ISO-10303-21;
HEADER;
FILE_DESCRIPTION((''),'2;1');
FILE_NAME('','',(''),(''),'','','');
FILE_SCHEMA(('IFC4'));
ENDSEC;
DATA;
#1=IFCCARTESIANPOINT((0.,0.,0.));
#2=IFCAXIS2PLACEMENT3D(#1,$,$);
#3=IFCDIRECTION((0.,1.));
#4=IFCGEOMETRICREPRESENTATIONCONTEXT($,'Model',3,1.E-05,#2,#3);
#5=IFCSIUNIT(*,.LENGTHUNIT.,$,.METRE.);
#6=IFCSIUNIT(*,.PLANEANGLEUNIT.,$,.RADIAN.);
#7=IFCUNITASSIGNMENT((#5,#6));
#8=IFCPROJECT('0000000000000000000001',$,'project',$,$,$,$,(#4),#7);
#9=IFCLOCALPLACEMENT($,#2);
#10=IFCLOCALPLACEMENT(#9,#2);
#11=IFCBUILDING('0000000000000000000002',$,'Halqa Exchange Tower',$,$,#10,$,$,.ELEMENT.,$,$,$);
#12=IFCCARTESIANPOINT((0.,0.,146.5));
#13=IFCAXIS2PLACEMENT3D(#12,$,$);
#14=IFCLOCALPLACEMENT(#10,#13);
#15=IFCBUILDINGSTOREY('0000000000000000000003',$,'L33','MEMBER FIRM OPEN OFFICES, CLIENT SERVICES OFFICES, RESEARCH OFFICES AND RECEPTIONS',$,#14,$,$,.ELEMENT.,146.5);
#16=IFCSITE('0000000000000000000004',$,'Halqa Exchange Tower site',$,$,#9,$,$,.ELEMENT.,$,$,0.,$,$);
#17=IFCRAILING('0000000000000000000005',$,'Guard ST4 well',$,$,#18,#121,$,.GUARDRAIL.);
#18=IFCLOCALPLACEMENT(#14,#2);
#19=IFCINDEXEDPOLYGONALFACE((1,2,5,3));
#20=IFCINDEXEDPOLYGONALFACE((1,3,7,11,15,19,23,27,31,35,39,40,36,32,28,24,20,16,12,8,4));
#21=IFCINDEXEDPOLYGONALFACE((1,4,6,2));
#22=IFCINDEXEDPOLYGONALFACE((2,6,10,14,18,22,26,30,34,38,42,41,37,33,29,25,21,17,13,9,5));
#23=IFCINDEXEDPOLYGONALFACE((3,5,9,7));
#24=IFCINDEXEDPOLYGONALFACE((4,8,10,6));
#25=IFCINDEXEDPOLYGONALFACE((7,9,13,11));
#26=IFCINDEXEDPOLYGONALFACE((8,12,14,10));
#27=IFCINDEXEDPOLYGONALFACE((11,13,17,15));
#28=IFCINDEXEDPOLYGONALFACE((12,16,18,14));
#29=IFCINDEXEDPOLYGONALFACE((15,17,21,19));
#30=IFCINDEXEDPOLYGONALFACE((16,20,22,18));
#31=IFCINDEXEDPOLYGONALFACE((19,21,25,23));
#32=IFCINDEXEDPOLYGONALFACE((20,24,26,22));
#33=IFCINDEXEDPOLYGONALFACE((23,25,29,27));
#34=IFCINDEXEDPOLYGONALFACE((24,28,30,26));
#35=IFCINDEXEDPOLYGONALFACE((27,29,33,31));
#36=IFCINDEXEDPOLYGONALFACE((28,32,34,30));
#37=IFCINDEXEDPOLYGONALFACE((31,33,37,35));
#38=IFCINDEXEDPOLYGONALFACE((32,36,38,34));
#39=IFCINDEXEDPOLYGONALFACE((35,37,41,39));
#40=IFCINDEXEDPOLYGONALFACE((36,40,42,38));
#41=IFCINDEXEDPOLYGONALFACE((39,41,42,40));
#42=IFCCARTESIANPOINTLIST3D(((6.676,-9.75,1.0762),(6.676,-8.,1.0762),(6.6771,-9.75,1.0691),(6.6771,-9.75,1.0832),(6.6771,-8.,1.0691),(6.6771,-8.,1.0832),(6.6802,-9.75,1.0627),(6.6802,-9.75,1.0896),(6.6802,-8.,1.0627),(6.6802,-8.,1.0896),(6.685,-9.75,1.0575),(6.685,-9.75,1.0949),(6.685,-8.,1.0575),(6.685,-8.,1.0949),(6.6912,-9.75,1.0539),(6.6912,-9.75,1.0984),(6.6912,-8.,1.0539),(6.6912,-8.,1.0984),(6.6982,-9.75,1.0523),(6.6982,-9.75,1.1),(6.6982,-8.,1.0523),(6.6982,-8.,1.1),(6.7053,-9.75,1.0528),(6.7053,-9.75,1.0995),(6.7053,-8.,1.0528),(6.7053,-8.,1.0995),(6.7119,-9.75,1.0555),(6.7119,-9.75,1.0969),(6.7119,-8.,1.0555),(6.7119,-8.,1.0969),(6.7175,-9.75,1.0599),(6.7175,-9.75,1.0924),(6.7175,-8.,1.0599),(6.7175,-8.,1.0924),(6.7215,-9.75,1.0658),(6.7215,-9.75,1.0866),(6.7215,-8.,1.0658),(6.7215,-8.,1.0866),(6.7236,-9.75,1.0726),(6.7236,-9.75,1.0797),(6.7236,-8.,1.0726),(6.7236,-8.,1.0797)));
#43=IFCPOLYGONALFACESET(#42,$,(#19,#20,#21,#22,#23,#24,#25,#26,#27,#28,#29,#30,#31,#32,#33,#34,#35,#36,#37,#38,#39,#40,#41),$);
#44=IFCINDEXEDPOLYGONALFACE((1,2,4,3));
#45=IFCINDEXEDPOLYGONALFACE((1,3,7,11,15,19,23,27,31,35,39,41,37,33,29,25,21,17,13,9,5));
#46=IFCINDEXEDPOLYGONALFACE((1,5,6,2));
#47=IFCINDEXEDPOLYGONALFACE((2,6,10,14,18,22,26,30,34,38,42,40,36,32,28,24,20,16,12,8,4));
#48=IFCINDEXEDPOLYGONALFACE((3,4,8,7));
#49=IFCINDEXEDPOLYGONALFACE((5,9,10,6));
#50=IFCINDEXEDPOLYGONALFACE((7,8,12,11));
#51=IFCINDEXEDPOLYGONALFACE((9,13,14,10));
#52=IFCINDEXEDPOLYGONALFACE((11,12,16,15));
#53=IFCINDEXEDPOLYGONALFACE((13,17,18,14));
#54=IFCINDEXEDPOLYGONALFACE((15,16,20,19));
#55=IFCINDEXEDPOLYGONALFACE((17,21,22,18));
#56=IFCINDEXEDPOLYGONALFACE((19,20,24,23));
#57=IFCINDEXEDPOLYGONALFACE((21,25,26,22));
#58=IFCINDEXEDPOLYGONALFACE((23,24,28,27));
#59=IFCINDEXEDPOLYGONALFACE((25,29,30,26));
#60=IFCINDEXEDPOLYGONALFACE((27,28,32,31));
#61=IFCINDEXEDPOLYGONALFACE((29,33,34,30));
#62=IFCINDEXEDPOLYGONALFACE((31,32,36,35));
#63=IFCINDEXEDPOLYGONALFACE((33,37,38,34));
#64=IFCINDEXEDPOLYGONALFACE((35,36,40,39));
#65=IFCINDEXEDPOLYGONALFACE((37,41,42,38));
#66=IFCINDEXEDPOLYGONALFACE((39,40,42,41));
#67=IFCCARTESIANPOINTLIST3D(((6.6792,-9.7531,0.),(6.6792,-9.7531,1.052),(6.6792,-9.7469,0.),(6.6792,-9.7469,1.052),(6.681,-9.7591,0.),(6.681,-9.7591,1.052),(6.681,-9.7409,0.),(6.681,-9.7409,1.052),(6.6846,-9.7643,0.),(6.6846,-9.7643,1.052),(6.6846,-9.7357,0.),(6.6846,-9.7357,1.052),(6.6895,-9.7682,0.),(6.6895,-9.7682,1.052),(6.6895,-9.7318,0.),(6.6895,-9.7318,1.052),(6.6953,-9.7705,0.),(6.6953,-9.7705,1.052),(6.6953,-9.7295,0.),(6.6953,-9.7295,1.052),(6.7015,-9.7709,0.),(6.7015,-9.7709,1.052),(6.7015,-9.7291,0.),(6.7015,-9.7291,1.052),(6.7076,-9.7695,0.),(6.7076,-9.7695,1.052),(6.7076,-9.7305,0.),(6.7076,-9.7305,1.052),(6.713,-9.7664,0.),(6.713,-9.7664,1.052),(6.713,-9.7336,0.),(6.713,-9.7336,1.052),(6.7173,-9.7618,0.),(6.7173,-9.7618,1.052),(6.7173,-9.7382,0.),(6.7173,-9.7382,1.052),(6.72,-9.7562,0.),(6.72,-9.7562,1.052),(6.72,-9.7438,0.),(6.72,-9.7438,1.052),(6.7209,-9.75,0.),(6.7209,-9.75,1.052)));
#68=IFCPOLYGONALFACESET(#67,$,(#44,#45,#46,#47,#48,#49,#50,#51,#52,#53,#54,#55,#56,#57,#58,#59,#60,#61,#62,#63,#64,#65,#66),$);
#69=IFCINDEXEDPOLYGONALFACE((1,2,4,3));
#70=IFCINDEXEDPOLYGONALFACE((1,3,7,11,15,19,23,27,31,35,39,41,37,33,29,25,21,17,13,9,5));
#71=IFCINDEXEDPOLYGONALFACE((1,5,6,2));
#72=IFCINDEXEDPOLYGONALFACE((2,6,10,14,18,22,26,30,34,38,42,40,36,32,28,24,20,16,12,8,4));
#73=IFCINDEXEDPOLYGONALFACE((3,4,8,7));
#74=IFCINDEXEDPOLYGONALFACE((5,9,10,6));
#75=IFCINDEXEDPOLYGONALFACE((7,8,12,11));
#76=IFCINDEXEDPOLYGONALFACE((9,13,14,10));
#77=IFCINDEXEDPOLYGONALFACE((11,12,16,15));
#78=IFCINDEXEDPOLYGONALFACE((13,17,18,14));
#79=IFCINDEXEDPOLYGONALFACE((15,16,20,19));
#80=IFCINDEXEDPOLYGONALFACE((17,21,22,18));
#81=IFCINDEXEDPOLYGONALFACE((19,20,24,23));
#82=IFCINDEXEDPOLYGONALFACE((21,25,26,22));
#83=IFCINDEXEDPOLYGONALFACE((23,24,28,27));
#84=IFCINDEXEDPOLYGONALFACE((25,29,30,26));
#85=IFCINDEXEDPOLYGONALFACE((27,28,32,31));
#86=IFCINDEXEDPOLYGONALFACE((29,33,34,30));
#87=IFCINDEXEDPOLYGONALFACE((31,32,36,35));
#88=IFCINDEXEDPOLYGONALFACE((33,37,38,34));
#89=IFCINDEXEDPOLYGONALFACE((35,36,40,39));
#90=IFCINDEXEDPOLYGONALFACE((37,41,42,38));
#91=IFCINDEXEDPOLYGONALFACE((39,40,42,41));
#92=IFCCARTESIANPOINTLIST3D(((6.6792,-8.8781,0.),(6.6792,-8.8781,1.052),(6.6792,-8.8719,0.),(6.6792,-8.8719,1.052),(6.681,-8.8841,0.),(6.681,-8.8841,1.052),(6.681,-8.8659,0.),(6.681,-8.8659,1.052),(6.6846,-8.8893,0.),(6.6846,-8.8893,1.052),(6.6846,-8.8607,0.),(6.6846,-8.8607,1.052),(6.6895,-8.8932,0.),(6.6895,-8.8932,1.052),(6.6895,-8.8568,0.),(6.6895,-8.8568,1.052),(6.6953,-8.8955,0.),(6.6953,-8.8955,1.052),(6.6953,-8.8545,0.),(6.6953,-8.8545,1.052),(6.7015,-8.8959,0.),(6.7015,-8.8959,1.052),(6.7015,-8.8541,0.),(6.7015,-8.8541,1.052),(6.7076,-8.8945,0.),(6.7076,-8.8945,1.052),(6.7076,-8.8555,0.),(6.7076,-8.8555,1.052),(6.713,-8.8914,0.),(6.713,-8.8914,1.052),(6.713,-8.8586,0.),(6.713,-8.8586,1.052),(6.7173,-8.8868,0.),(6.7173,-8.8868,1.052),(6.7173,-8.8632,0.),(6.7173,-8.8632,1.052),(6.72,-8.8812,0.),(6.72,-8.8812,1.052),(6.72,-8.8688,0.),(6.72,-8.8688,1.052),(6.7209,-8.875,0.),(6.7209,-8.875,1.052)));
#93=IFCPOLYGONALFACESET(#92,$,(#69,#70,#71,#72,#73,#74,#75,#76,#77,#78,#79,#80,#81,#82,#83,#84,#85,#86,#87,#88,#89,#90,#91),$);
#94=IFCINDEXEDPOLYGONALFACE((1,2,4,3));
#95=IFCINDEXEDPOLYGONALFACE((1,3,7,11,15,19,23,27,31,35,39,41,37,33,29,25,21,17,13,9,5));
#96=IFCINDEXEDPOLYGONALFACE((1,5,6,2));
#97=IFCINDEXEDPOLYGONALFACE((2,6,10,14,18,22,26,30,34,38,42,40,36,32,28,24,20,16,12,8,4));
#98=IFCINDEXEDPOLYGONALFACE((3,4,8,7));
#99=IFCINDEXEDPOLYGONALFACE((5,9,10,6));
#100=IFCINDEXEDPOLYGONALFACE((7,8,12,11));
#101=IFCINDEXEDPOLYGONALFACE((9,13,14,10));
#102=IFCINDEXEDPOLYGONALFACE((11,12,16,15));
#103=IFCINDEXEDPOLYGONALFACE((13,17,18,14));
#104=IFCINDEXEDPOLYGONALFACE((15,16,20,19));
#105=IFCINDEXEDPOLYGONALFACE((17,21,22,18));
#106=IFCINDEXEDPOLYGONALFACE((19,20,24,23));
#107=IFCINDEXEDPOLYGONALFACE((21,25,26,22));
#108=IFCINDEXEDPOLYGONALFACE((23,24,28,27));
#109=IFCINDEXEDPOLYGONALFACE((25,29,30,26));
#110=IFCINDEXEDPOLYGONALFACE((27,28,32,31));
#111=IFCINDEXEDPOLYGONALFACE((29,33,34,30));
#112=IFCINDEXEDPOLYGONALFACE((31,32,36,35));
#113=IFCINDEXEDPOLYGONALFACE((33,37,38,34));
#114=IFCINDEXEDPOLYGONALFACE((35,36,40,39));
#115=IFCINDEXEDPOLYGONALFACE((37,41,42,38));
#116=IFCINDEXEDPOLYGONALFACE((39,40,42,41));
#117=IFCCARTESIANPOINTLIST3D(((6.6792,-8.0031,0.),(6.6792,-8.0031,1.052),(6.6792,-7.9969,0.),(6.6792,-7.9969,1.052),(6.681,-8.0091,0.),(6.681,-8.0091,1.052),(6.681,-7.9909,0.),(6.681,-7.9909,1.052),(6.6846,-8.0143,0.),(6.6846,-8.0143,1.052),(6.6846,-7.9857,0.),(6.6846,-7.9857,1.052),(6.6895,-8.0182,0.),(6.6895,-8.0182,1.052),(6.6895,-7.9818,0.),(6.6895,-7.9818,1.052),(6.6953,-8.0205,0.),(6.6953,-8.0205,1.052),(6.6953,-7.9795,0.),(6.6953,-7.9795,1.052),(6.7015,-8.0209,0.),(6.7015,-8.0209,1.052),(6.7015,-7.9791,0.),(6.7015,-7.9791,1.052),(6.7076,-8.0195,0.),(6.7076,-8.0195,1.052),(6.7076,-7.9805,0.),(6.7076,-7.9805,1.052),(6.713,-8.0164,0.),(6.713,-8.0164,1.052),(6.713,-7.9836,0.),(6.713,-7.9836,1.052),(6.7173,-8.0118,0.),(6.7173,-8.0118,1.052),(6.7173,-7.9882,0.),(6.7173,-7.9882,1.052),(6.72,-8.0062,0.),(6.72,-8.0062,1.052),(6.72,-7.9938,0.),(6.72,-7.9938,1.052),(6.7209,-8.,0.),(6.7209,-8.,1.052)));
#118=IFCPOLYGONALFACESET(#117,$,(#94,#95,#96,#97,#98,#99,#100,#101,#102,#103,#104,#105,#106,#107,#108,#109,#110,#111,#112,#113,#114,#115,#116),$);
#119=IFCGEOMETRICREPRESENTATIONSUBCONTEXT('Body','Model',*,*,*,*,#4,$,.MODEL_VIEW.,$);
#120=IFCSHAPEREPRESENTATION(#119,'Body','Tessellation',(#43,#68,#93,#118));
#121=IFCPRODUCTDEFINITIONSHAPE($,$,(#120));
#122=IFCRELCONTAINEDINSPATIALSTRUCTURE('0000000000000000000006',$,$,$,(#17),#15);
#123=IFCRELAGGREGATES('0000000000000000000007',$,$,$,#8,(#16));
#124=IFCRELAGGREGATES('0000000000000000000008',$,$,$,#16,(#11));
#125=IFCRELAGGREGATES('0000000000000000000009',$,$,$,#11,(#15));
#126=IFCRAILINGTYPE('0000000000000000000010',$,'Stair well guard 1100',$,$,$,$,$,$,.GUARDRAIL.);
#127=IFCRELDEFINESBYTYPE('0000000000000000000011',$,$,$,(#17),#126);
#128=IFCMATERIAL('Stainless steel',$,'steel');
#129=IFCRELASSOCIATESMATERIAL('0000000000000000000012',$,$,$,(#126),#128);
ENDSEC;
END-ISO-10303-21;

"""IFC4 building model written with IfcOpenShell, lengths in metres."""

from ifc_helpers import new_model, si_unit, direction, frame, origin, origin_2d, place, context, subcontext, project, spatial, circle, extrude, material, type_object, element, save


model = new_model("IFC4")

# Units and contexts
model_context = context("Model", 3, precision=1e-05, world=origin(), true_north=direction((0.0, 1.0)))
body_context = subcontext(model_context, "Body", "Model", "MODEL_VIEW")
ifc_project = project(units=[si_unit("LENGTHUNIT", "METRE"), si_unit("PLANEANGLEUNIT", "RADIAN")], contexts=[model_context])

# Site, building, storey
site_placement = place(None, origin())
site = spatial("IfcSite", under=ifc_project, at=site_placement, Name="Halqa Exchange Tower site", CompositionType="ELEMENT", RefElevation=0.0)
building_placement = place(site_placement, origin())
building = spatial("IfcBuilding", under=site, at=building_placement, Name="Halqa Exchange Tower", CompositionType="ELEMENT")
storey_placement = place(building_placement, frame((0.0, 0.0, 146.5)))
storey = spatial("IfcBuildingStorey", under=building, at=storey_placement, Name="L33", Description="MEMBER FIRM OPEN OFFICES, CLIENT SERVICES OFFICES, RESEARCH OFFICES AND RECEPTIONS", CompositionType="ELEMENT", Elevation=146.5)

# Railing
ifc_material_1 = material(Name="Stainless steel", Category="steel")
railing_type_1 = type_object("IfcRailingType", Name="Stair well guard 1100", PredefinedType="GUARDRAIL", material=ifc_material_1)
railing_1_placement = place(storey_placement, frame((6.7, -9.75, 0.0)))
element("IfcRailing", 1, at=railing_1_placement, inside=storey, type_object=railing_type_1, Name="Guard ST4 well", PredefinedType="GUARDRAIL", context=body_context, shape_type="SweptSolid", body=[
    extrude(circle(Radius=0.0239, at=origin_2d()), frame((0.0, 0.0, 1.0762), z_axis=(0.0, 1.0, 0.0), x_axis=(-1.0, 0.0, 0.0)), (0.0, 0.0, 1.0), 1.75),
    extrude(circle(Radius=0.021, at=origin_2d()), origin(), (0.0, 0.0, 1.0), 1.052),
    extrude(circle(Radius=0.021, at=origin_2d()), frame((0.0, 0.875, 0.0)), (0.0, 0.0, 1.0), 1.052),
    extrude(circle(Radius=0.021, at=origin_2d()), frame((0.0, 1.75, 0.0)), (0.0, 0.0, 1.0), 1.052),
])

save(model, "model.ifc")
